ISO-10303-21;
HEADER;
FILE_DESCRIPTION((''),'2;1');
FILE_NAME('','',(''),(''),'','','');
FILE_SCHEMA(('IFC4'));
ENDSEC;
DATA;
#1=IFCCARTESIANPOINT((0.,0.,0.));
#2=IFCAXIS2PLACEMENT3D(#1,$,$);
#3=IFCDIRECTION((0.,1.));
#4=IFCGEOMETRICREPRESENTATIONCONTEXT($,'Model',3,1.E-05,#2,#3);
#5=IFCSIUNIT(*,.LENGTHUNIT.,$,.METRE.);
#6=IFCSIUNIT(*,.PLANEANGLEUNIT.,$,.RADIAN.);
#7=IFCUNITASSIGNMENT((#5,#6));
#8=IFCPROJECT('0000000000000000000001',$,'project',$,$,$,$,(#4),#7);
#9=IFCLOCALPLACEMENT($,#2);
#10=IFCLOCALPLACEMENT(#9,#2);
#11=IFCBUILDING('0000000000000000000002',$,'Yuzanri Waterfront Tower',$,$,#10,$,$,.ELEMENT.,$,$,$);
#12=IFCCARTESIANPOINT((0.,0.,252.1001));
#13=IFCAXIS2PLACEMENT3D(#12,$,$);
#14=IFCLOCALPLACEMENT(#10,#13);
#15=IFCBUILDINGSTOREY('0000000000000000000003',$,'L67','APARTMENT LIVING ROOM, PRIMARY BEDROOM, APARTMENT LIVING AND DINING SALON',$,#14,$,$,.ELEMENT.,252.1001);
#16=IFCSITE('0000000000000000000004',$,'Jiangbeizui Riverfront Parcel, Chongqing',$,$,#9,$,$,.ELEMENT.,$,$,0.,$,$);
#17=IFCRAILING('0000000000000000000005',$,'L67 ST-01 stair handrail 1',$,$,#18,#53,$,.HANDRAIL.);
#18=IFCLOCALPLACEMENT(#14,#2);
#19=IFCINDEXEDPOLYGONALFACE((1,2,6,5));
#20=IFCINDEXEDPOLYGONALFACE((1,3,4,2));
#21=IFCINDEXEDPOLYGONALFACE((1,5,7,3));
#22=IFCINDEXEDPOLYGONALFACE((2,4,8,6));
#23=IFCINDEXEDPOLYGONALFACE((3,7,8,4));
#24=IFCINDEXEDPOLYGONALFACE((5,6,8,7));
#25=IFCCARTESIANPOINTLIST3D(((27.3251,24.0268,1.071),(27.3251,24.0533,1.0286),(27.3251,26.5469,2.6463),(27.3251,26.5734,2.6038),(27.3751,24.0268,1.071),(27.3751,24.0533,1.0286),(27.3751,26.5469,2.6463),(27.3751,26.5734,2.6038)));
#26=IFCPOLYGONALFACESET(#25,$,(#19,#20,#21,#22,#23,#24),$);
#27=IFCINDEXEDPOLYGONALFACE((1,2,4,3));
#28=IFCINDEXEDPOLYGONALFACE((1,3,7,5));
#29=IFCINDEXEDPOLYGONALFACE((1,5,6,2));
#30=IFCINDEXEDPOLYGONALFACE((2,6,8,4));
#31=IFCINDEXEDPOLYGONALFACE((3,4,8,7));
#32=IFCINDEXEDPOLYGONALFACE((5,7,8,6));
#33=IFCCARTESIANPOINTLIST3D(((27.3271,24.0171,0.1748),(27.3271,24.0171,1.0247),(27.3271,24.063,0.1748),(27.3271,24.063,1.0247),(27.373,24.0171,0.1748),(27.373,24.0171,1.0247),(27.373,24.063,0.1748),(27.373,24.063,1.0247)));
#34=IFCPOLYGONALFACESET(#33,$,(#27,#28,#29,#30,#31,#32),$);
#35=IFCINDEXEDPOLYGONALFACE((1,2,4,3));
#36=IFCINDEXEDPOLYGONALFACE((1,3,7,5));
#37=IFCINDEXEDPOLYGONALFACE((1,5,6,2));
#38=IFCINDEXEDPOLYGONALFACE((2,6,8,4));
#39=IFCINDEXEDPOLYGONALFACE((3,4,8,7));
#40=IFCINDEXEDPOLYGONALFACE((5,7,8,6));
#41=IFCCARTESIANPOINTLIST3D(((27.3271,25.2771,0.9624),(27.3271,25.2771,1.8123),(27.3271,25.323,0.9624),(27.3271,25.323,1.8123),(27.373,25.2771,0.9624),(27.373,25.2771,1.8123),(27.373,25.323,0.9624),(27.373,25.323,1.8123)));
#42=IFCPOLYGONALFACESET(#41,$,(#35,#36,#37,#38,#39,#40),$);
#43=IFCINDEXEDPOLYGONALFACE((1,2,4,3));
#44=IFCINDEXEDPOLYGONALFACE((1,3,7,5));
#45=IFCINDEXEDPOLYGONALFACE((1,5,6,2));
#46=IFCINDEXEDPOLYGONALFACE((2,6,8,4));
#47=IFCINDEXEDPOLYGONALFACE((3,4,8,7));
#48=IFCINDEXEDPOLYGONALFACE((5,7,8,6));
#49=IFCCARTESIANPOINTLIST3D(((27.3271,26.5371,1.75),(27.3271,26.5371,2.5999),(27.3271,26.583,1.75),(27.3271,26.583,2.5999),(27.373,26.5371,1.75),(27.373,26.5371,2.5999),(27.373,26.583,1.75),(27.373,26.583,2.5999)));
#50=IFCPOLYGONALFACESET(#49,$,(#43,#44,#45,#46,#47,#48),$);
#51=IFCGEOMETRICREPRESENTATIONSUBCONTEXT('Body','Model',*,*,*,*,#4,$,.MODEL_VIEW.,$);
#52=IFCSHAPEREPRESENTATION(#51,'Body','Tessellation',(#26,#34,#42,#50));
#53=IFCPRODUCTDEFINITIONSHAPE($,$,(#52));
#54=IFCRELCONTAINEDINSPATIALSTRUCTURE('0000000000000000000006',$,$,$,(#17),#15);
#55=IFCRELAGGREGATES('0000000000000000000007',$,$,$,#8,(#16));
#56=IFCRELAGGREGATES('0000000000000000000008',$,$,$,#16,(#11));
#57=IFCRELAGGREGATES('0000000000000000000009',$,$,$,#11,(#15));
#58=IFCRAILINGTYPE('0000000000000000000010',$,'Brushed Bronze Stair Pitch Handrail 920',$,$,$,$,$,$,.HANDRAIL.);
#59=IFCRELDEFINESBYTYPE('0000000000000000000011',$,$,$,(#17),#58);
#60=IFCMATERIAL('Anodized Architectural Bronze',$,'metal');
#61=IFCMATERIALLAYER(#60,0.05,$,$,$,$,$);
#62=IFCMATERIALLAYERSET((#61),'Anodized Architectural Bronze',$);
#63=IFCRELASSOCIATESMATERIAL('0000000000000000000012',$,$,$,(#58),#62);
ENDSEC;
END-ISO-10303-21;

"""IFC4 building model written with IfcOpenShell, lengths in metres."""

from ifc_helpers import new_model, si_unit, direction, frame, origin, origin_2d, place, context, subcontext, project, spatial, rectangle, extrude, source, transform, mapped, material, layer, layer_set, type_object, element, save


model = new_model("IFC4")

# Units and contexts
model_context = context("Model", 3, precision=1e-05, world=origin(), true_north=direction((0.0, 1.0)))
body_context = subcontext(model_context, "Body", "Model", "MODEL_VIEW")
ifc_project = project(units=[si_unit("LENGTHUNIT", "METRE"), si_unit("PLANEANGLEUNIT", "RADIAN")], contexts=[model_context])

# Site, building, storey
site_placement = place(None, origin())
site = spatial("IfcSite", under=ifc_project, at=site_placement, Name="Jiangbeizui Riverfront Parcel, Chongqing", CompositionType="ELEMENT", RefElevation=0.0)
building_placement = place(site_placement, origin())
building = spatial("IfcBuilding", under=site, at=building_placement, Name="Yuzanri Waterfront Tower", CompositionType="ELEMENT")
storey_placement = place(building_placement, frame((0.0, 0.0, 252.1001)))
storey = spatial("IfcBuildingStorey", under=building, at=storey_placement, Name="L67", Description="APARTMENT LIVING ROOM, PRIMARY BEDROOM, APARTMENT LIVING AND DINING SALON", CompositionType="ELEMENT", Elevation=252.1001)

# Railing
ifc_material_1 = material(Name="Anodized Architectural Bronze", Category="metal")
ifc_layer_1 = layer(ifc_material_1, 0.05)
ifc_layer_set_1 = layer_set([ifc_layer_1], Name="Anodized Architectural Bronze")
railing_type_1 = type_object("IfcRailingType", Name="Brushed Bronze Stair Pitch Handrail 920", PredefinedType="HANDRAIL", material=ifc_layer_set_1)
shared_shape_1 = source(origin(), body_context, "Body", "SweptSolid", [
    extrude(rectangle(XDim=0.05, YDim=0.05, at=origin_2d()), frame((0.0, 0.0, 0.875), z_axis=(0.0, 0.847971, 0.530043), x_axis=(-1.0, 0.0, 0.0)), (0.0, 0.0, 1.0), 2.9719),
    extrude(rectangle(XDim=0.0459, YDim=0.0459, at=origin_2d()), origin(), (0.0, 0.0, 1.0), 0.8499),
    extrude(rectangle(XDim=0.0459, YDim=0.0459, at=origin_2d()), frame((0.0, 1.26, 0.7876)), (0.0, 0.0, 1.0), 0.8499),
    extrude(rectangle(XDim=0.0459, YDim=0.0459, at=origin_2d()), frame((0.0, 2.52, 1.5752)), (0.0, 0.0, 1.0), 0.8499),
])
railing_1_placement = place(storey_placement, frame((27.3501, 24.04, 0.1748)))
element("IfcRailing", 1, at=railing_1_placement, inside=storey, type_object=railing_type_1, Name="L67 ST-01 stair handrail 1", PredefinedType="HANDRAIL", context=body_context, shape_type="MappedRepresentation", body=[
    mapped(shared_shape_1, transform((0.0, 0.0, 0.0), scale=1.0)),
])

save(model, "model.ifc")
